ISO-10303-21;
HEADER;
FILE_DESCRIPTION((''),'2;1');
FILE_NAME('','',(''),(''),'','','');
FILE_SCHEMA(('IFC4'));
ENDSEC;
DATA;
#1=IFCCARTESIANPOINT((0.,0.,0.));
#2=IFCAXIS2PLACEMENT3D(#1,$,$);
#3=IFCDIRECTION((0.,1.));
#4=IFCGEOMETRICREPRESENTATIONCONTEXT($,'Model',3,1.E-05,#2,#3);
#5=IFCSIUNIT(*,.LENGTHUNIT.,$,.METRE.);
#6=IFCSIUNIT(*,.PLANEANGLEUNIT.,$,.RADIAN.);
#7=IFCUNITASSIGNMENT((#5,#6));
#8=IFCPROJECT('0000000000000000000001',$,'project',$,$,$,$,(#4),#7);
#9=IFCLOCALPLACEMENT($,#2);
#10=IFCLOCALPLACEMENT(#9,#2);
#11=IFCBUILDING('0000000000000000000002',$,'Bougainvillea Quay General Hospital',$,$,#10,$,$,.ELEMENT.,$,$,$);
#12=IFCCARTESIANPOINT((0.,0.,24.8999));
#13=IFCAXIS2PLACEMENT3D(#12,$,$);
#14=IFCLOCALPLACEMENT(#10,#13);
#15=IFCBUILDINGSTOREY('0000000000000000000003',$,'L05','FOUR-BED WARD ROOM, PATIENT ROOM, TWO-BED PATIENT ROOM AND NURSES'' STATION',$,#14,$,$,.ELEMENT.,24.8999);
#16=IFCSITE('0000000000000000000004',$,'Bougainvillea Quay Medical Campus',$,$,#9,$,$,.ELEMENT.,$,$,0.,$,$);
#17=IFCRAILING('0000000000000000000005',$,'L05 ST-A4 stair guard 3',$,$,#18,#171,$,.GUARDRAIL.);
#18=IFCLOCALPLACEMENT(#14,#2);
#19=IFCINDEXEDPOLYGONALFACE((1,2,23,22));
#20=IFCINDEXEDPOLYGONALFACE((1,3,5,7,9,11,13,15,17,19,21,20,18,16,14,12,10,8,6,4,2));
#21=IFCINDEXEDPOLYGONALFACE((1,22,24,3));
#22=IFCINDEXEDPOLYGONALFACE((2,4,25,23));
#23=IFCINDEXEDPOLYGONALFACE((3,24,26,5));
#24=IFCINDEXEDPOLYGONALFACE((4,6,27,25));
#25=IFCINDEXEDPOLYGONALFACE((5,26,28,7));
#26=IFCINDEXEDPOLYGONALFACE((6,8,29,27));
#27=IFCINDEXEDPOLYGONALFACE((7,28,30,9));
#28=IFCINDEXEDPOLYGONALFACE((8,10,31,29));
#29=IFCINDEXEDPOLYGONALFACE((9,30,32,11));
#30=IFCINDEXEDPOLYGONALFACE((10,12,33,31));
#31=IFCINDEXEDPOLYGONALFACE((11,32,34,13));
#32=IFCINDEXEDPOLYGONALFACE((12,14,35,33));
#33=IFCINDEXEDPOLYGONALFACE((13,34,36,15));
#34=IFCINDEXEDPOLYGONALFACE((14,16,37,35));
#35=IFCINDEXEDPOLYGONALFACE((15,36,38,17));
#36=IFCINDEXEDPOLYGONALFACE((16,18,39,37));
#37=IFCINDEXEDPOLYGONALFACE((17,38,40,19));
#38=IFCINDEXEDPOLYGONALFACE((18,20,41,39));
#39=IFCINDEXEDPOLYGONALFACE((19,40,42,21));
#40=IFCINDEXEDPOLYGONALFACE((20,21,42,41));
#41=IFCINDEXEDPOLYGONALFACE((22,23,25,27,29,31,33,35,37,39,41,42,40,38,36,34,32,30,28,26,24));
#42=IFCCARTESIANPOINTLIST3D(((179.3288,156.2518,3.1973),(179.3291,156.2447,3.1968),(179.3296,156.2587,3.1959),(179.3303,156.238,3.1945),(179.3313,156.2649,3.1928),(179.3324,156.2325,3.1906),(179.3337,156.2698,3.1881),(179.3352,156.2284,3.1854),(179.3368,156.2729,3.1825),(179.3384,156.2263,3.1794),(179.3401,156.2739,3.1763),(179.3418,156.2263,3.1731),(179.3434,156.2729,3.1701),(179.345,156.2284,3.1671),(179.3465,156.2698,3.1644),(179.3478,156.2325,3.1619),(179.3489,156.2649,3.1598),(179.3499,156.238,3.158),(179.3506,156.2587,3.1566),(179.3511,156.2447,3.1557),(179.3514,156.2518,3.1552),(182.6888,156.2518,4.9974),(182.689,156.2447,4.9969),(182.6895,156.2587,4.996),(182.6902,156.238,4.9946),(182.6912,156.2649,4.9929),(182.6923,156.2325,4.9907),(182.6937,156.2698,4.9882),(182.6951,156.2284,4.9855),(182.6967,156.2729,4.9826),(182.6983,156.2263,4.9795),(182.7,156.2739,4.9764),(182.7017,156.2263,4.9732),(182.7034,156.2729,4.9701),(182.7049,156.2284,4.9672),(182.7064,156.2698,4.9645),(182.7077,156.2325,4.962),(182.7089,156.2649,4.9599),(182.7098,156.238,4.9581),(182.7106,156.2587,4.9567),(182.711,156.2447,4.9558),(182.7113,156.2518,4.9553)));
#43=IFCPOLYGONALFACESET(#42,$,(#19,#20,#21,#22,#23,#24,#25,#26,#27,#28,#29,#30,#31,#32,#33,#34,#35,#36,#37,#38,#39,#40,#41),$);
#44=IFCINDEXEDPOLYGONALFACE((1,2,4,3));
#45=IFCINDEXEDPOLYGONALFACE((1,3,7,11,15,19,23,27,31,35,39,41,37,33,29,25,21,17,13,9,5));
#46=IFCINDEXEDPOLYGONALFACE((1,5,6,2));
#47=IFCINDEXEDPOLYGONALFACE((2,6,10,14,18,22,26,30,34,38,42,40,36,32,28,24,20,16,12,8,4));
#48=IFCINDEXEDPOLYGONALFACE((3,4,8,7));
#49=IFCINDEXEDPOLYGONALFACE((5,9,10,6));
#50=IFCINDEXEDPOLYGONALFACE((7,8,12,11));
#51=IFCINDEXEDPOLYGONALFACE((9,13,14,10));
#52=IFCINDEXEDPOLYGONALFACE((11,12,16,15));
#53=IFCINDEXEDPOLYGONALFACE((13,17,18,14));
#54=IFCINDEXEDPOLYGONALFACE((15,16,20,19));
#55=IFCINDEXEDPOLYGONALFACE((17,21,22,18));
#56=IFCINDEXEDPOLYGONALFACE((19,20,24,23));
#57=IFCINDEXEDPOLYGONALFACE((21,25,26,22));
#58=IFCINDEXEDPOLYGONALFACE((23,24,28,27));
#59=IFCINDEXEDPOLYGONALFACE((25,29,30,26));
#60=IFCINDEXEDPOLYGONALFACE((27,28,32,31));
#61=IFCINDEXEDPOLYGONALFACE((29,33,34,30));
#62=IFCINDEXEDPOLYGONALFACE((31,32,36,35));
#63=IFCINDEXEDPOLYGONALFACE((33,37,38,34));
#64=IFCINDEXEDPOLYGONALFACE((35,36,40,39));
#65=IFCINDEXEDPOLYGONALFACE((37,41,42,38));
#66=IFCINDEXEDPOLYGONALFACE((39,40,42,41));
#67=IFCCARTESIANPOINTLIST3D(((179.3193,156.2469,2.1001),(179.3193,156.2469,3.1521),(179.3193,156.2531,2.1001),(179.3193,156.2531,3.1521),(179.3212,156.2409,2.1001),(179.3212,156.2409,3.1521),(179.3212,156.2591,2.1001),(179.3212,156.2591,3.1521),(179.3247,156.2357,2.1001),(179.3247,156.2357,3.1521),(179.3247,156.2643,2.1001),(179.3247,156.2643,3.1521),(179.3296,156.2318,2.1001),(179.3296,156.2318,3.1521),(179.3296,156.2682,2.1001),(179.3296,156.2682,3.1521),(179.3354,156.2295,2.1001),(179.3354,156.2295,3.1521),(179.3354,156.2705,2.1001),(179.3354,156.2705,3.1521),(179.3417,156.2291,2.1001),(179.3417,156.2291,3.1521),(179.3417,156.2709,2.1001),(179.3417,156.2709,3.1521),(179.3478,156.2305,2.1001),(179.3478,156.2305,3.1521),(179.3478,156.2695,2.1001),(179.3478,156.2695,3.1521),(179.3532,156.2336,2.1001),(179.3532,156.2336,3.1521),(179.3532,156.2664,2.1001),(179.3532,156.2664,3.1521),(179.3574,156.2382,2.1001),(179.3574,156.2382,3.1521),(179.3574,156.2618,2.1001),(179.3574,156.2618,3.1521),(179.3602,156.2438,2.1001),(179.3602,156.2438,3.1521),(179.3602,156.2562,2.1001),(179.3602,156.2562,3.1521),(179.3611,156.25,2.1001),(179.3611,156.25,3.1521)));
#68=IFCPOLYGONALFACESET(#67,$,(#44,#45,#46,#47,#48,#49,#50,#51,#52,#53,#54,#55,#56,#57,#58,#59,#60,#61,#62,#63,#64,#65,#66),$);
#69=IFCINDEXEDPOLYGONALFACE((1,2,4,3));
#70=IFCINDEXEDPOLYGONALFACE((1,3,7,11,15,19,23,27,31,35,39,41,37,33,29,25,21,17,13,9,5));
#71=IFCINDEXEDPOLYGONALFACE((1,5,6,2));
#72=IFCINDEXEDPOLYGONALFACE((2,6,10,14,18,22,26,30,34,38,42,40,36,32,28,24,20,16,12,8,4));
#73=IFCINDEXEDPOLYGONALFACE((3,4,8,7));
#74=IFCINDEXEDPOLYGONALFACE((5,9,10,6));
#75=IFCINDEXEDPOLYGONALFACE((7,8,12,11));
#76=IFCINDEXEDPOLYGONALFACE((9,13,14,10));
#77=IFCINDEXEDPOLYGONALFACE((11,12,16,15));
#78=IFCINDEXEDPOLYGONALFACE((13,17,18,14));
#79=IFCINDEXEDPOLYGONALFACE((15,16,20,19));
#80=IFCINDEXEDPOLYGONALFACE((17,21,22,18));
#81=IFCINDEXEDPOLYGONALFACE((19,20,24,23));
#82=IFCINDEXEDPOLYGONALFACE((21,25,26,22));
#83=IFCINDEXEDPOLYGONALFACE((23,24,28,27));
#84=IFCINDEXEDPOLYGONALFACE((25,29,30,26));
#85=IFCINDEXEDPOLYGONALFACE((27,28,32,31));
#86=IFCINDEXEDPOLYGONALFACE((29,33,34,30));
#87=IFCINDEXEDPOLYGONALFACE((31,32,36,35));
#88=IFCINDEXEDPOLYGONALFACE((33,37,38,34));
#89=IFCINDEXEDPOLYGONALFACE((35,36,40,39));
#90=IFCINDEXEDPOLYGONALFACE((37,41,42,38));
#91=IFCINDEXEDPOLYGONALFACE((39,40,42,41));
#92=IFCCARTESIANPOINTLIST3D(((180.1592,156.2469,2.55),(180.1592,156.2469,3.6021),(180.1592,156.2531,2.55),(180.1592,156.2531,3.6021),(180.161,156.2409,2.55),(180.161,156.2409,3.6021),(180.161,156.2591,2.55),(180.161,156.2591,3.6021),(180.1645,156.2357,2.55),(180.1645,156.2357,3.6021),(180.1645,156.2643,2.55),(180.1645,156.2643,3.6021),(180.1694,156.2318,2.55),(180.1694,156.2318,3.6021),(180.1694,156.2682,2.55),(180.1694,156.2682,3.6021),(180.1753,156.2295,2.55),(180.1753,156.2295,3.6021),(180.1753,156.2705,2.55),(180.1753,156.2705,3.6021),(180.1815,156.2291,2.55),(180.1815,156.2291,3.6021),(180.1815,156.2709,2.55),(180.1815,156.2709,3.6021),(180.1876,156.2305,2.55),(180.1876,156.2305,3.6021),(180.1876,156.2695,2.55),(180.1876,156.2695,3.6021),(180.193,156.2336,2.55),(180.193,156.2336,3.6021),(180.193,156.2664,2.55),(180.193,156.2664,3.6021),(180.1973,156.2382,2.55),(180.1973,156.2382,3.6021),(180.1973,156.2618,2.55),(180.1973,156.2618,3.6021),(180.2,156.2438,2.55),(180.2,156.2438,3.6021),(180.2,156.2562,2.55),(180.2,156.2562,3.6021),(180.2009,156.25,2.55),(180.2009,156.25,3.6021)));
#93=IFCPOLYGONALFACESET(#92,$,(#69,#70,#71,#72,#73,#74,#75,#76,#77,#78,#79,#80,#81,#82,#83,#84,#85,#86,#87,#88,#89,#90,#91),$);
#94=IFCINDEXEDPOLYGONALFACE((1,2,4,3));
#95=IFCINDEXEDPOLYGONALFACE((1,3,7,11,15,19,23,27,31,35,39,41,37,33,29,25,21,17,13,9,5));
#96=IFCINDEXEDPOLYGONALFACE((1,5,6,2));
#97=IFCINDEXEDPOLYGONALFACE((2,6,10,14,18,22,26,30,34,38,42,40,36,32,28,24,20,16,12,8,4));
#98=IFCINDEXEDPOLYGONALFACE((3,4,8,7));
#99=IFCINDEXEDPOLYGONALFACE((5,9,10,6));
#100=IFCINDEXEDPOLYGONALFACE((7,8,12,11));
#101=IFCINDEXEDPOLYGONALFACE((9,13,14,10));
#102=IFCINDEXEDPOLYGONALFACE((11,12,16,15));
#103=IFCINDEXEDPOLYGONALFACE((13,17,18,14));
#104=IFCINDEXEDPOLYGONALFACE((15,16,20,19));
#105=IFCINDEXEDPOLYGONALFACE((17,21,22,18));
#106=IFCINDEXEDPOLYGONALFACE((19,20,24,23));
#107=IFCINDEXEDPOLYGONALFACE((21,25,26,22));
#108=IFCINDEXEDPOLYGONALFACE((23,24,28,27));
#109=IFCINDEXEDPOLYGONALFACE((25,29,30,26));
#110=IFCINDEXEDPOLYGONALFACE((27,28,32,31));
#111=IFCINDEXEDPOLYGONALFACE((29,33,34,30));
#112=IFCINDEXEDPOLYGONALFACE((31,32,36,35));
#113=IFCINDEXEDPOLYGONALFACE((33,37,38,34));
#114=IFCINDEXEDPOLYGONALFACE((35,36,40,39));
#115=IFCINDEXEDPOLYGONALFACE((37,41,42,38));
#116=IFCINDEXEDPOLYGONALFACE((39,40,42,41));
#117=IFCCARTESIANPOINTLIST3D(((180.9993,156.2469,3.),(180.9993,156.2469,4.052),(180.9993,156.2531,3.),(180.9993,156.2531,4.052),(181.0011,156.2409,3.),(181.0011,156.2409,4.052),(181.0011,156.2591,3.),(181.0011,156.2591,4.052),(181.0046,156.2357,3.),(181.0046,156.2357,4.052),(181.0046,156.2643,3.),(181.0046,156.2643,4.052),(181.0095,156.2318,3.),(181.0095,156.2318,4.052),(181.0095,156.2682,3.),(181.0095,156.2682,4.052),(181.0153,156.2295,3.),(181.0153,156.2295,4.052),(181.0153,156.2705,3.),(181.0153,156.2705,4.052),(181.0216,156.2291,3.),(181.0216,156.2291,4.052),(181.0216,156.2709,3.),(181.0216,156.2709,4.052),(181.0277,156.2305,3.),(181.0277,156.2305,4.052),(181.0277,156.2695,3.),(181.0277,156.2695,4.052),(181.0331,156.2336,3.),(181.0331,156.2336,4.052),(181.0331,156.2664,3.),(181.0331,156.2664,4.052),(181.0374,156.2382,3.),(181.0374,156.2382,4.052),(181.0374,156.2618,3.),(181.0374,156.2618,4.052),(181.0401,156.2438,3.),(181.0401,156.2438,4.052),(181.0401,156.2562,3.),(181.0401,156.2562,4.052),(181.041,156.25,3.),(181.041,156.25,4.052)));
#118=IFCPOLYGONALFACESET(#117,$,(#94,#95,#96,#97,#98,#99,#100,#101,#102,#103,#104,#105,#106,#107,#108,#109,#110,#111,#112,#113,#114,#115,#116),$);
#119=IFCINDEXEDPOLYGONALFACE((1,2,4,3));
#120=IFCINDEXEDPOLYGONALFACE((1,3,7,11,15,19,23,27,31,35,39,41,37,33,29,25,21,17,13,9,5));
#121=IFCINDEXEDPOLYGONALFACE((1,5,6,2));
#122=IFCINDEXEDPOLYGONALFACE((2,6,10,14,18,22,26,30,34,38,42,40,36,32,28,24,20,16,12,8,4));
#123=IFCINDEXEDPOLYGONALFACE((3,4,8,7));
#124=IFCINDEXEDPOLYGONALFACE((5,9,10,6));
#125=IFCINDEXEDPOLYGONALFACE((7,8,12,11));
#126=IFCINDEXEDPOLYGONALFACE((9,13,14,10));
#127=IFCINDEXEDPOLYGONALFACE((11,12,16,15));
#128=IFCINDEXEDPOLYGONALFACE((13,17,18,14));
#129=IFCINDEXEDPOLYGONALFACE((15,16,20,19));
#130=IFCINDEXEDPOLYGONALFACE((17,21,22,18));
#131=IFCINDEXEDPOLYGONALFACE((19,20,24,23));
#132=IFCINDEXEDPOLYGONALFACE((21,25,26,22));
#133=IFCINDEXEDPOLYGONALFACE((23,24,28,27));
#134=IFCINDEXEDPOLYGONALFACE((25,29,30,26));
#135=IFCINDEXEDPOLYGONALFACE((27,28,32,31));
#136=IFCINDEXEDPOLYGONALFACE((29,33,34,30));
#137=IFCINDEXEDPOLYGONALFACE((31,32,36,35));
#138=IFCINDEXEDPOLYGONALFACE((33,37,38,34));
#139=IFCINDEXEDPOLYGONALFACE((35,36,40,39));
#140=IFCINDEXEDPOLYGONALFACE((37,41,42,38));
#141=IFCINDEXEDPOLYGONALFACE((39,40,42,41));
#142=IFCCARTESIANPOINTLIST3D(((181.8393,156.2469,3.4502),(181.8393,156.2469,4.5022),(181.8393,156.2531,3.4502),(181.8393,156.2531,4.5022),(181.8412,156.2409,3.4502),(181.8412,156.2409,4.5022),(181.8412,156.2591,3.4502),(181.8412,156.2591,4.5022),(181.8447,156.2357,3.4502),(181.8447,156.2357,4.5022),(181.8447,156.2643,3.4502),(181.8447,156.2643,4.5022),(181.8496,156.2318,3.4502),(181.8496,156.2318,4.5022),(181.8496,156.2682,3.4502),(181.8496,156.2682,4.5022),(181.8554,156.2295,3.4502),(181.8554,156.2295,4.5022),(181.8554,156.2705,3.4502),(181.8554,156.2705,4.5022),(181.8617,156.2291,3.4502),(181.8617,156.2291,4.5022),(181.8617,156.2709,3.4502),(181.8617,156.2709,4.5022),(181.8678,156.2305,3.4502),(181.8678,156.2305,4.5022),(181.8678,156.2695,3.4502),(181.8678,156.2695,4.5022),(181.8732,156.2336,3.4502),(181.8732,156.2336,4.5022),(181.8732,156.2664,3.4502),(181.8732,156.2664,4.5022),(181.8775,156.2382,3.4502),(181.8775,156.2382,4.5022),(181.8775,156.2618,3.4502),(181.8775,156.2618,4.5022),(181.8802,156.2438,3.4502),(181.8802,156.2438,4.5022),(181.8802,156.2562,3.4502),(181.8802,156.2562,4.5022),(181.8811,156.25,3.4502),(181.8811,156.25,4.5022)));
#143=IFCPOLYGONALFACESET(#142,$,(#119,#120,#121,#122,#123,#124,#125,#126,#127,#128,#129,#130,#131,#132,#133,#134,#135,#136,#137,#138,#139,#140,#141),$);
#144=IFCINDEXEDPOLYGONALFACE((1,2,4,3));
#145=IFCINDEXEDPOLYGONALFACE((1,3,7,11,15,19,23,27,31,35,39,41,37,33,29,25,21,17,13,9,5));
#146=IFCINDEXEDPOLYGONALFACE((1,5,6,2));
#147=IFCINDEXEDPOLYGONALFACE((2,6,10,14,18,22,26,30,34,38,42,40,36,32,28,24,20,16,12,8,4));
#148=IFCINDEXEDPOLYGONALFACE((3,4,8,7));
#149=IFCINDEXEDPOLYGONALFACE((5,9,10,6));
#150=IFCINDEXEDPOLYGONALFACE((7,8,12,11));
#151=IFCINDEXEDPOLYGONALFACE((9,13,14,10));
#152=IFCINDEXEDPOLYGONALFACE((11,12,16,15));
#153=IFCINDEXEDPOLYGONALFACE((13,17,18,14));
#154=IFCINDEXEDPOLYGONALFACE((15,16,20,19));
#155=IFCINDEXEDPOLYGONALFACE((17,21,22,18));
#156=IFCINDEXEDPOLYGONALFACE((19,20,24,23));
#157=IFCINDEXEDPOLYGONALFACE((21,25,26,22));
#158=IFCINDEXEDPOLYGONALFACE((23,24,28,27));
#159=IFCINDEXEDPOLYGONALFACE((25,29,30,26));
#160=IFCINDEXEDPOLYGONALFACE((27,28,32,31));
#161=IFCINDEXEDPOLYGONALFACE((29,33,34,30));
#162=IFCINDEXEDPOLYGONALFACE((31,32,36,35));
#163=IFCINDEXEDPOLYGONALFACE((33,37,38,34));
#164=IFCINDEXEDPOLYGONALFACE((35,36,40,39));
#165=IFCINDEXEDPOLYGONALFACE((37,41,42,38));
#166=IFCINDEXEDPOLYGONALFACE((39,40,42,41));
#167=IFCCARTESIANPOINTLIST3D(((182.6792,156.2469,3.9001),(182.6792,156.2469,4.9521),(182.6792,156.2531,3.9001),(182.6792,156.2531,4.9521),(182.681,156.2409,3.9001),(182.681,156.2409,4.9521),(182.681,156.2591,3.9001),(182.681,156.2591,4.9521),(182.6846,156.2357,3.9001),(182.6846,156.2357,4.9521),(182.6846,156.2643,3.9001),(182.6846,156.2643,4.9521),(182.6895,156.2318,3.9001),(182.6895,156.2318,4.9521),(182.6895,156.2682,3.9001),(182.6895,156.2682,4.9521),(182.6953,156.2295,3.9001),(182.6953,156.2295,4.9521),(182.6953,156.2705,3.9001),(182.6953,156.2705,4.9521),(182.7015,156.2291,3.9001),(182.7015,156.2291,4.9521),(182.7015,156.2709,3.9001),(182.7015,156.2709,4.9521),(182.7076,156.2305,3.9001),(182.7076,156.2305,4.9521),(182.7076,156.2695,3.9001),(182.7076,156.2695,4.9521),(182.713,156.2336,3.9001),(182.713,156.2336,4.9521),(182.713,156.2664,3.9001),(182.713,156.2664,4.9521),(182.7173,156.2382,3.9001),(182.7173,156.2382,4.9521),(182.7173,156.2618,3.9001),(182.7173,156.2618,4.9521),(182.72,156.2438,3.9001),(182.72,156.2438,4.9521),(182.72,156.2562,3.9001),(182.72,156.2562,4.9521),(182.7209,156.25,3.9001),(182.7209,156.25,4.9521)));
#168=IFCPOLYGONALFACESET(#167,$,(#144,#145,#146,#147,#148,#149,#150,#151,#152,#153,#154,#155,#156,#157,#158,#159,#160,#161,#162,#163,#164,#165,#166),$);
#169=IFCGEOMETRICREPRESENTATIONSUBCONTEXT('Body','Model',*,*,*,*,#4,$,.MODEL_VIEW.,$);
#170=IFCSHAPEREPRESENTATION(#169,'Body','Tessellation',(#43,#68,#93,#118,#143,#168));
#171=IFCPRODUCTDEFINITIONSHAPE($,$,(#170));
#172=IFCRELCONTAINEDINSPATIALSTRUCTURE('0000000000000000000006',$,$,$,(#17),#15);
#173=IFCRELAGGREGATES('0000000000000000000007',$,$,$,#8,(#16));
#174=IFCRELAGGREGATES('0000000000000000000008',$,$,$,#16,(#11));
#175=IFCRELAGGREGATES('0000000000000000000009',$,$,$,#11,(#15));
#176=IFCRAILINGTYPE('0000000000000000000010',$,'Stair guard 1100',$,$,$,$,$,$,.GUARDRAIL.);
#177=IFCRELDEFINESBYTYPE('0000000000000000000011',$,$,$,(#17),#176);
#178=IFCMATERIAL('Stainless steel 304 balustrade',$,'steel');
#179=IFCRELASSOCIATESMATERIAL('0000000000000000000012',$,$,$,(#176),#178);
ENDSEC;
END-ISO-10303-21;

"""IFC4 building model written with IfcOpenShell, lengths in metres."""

from ifc_helpers import new_model, si_unit, direction, frame, origin, origin_2d, place, context, subcontext, project, spatial, circle, extrude, material, type_object, element, save


model = new_model("IFC4")

# Units and contexts
model_context = context("Model", 3, precision=1e-05, world=origin(), true_north=direction((0.0, 1.0)))
body_context = subcontext(model_context, "Body", "Model", "MODEL_VIEW")
ifc_project = project(units=[si_unit("LENGTHUNIT", "METRE"), si_unit("PLANEANGLEUNIT", "RADIAN")], contexts=[model_context])

# Site, building, storey
site_placement = place(None, origin())
site = spatial("IfcSite", under=ifc_project, at=site_placement, Name="Bougainvillea Quay Medical Campus", CompositionType="ELEMENT", RefElevation=0.0)
building_placement = place(site_placement, origin())
building = spatial("IfcBuilding", under=site, at=building_placement, Name="Bougainvillea Quay General Hospital", CompositionType="ELEMENT")
storey_placement = place(building_placement, frame((0.0, 0.0, 24.8999)))
storey = spatial("IfcBuildingStorey", under=building, at=storey_placement, Name="L05", Description="FOUR-BED WARD ROOM, PATIENT ROOM, TWO-BED PATIENT ROOM AND NURSES' STATION", CompositionType="ELEMENT", Elevation=24.8999)

# Railing
ifc_material_1 = material(Name="Stainless steel 304 balustrade", Category="steel")
railing_type_1 = type_object("IfcRailingType", Name="Stair guard 1100", PredefinedType="GUARDRAIL", material=ifc_material_1)
railing_1_placement = place(storey_placement, frame((179.3401, 156.25, 2.1001)))
element("IfcRailing", 1, at=railing_1_placement, inside=storey, type_object=railing_type_1, Name="L05 ST-A4 stair guard 3", PredefinedType="GUARDRAIL", context=body_context, shape_type="SweptSolid", body=[
    extrude(circle(Radius=0.0239, at=origin_2d()), frame((0.0, 0.0, 1.0762), z_axis=(0.881467, 0.0, 0.472246), x_axis=(0.0, 1.0, 0.0)), (0.0, 0.0, 1.0), 3.8118),
    extrude(circle(Radius=0.021, at=origin_2d()), origin(), (0.0, 0.0, 1.0), 1.052),
    extrude(circle(Radius=0.021, at=origin_2d()), frame((0.8398, 0.0, 0.45)), (0.0, 0.0, 1.0), 1.052),
    extrude(circle(Radius=0.021, at=origin_2d()), frame((1.6799, 0.0, 0.8999)), (0.0, 0.0, 1.0), 1.052),
    extrude(circle(Radius=0.021, at=origin_2d()), frame((2.52, 0.0, 1.3501)), (0.0, 0.0, 1.0), 1.052),
    extrude(circle(Radius=0.021, at=origin_2d()), frame((3.3599, 0.0, 1.8)), (0.0, 0.0, 1.0), 1.052),
])

save(model, "model.ifc")
